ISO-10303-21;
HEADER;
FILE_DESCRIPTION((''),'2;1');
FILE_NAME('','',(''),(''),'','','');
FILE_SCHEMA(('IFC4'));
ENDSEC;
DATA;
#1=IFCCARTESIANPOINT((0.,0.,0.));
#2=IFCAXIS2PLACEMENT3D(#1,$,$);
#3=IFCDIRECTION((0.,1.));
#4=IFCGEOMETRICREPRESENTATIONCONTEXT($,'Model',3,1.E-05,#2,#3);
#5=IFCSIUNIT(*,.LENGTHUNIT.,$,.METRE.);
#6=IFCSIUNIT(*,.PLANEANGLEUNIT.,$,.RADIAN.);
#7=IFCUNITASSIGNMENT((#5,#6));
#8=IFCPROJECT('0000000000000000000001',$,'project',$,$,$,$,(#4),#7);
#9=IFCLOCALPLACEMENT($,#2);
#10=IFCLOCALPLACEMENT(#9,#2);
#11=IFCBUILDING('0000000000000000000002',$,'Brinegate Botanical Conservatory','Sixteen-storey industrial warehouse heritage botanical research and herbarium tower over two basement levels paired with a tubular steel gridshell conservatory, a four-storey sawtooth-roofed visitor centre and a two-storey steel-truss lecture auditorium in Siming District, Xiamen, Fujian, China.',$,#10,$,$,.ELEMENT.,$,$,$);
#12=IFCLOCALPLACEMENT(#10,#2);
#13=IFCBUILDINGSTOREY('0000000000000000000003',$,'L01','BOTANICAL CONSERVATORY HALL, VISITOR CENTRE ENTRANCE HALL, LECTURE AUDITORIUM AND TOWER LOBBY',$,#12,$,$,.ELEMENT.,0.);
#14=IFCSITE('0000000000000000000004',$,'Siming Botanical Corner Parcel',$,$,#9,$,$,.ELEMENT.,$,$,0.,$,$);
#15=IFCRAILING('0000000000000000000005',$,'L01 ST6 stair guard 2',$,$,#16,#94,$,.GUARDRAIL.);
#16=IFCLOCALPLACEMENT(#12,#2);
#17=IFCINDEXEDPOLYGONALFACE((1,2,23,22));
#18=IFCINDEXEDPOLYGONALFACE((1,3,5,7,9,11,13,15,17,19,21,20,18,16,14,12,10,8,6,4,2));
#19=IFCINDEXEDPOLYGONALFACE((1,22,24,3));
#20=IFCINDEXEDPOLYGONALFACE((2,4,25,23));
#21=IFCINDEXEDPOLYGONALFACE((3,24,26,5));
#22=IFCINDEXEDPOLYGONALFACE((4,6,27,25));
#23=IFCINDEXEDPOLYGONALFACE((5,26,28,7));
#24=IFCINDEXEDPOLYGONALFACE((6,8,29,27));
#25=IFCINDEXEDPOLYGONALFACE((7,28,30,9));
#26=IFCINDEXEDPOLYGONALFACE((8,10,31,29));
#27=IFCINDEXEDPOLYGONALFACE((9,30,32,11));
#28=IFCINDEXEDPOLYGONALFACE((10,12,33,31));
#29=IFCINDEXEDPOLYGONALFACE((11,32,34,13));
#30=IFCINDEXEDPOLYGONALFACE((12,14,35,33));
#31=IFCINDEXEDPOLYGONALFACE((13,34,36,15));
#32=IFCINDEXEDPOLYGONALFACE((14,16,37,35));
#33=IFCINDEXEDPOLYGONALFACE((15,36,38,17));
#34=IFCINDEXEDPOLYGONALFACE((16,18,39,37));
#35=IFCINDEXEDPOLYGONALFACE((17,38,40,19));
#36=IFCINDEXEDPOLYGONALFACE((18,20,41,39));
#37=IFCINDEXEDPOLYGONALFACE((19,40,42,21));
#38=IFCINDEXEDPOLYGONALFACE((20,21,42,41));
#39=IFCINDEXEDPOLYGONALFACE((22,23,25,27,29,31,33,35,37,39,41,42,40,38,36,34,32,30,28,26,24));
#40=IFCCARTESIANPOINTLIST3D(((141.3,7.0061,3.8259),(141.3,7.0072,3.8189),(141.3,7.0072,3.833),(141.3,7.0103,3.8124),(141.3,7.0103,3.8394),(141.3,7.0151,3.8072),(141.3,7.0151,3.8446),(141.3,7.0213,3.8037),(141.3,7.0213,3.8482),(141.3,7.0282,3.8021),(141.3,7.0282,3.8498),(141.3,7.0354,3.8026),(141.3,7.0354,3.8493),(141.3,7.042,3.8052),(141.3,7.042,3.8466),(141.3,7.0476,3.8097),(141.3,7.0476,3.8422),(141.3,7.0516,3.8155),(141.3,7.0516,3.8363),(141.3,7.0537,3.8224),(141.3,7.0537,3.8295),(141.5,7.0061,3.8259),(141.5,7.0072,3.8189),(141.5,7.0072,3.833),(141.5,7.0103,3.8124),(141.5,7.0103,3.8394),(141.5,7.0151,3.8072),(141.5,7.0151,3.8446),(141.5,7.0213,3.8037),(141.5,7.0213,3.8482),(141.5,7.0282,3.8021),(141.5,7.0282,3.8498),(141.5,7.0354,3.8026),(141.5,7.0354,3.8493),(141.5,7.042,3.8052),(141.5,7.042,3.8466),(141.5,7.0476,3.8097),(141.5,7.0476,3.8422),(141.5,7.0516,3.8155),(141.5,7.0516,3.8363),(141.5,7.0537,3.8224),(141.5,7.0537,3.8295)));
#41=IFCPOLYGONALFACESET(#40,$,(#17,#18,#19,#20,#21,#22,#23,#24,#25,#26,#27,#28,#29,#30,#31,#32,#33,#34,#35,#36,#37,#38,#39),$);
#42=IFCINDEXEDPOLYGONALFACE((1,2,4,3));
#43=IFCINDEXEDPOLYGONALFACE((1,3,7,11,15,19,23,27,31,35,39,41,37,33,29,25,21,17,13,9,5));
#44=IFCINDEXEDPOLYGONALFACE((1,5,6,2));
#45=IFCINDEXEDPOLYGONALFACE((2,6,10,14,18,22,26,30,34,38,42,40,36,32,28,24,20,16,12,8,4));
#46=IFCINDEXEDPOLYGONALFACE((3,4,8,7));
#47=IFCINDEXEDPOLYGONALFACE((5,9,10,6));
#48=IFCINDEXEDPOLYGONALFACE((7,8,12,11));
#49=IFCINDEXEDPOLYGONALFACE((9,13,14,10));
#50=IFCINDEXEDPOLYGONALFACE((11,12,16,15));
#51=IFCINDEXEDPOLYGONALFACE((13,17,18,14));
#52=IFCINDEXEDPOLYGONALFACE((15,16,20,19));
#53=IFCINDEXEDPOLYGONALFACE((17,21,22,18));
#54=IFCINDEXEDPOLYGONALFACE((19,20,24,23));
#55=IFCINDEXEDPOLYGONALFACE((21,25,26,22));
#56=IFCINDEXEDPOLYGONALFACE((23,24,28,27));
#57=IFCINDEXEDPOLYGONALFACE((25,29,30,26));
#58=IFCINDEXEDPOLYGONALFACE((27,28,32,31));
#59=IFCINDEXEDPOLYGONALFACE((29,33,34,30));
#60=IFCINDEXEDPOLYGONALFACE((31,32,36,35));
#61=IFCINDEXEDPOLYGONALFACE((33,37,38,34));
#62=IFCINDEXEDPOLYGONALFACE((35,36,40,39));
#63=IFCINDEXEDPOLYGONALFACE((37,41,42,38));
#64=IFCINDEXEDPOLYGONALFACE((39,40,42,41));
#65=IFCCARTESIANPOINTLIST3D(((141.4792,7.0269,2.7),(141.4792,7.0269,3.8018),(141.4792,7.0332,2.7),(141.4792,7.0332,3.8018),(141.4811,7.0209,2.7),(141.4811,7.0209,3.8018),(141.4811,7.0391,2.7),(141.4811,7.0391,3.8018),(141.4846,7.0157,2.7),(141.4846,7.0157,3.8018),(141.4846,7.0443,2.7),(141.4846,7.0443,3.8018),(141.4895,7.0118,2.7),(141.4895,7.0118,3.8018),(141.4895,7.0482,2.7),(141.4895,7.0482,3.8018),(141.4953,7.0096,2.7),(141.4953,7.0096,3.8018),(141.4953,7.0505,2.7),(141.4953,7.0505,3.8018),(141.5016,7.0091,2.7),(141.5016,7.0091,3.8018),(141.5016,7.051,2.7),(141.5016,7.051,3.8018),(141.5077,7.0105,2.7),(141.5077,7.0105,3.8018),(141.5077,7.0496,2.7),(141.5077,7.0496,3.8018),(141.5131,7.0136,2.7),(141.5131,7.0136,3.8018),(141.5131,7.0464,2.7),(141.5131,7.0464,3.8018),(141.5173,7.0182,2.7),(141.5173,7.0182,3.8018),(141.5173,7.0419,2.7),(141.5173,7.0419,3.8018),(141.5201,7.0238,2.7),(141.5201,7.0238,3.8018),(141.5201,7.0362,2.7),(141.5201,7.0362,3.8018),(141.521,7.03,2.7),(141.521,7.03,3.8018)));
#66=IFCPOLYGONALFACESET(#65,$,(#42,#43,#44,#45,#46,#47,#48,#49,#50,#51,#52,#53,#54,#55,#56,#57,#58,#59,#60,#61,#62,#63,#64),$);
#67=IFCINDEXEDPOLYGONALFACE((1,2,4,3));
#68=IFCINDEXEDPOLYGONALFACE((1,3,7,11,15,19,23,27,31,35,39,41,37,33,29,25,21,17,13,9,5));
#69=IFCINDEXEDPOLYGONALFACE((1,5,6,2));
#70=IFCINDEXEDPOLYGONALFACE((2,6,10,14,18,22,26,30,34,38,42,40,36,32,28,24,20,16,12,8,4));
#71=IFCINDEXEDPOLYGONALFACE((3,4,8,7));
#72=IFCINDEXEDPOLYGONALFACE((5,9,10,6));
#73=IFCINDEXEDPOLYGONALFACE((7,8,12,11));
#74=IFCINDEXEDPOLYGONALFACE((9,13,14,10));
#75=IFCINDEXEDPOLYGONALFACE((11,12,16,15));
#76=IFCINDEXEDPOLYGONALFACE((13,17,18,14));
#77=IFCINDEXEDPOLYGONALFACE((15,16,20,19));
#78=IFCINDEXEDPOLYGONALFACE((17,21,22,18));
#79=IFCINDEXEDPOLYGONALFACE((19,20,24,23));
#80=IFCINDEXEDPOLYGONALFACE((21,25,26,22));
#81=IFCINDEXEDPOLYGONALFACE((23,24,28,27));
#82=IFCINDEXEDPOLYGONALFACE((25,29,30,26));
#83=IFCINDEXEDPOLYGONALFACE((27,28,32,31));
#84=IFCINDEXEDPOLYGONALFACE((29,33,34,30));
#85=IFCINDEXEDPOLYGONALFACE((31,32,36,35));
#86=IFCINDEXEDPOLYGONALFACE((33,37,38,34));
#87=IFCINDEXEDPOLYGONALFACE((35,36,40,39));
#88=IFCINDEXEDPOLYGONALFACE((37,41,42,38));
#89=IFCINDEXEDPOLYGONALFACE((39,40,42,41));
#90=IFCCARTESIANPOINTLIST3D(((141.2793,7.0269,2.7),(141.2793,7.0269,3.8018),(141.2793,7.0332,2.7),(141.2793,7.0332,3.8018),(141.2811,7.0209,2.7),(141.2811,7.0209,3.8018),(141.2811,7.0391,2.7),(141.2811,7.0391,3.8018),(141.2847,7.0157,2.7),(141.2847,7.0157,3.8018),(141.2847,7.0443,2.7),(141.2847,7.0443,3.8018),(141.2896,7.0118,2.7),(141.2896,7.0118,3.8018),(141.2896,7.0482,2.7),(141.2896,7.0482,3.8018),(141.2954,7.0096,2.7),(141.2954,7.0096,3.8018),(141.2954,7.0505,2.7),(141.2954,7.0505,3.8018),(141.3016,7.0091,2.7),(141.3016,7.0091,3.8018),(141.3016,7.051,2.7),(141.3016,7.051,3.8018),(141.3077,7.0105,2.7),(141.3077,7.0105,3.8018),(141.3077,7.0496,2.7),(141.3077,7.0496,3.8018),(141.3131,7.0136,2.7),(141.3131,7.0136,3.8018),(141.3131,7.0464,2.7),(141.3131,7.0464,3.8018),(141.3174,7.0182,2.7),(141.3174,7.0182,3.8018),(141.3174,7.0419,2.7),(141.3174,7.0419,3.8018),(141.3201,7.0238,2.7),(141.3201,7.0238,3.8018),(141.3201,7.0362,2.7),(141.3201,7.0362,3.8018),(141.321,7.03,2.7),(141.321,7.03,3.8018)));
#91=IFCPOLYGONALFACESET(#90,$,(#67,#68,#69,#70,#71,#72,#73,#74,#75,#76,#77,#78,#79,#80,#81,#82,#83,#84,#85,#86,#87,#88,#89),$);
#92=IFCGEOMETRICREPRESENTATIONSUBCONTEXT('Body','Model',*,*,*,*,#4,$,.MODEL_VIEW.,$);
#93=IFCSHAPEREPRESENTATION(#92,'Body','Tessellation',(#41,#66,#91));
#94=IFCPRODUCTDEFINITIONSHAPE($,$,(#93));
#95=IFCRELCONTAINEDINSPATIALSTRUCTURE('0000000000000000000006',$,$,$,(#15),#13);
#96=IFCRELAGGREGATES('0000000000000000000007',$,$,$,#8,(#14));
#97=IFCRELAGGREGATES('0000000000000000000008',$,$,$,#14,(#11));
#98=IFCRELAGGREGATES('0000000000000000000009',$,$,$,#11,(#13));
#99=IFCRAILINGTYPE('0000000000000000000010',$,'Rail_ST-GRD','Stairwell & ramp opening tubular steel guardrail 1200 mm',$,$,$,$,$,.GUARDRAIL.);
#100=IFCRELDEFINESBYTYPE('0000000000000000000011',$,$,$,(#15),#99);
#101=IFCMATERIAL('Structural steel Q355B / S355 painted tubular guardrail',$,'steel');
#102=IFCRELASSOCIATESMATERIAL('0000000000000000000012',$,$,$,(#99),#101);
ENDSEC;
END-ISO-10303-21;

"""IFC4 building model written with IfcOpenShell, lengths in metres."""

from ifc_helpers import new_model, si_unit, direction, frame, origin, origin_2d, place, context, subcontext, project, spatial, circle, extrude, material, type_object, element, save


model = new_model("IFC4")

# Units and contexts
model_context = context("Model", 3, precision=1e-05, world=origin(), true_north=direction((0.0, 1.0)))
body_context = subcontext(model_context, "Body", "Model", "MODEL_VIEW")
ifc_project = project(units=[si_unit("LENGTHUNIT", "METRE"), si_unit("PLANEANGLEUNIT", "RADIAN")], contexts=[model_context])

# Site, building, storey
site_placement = place(None, origin())
site = spatial("IfcSite", under=ifc_project, at=site_placement, Name="Siming Botanical Corner Parcel", CompositionType="ELEMENT", RefElevation=0.0)
building_placement = place(site_placement, origin())
building = spatial("IfcBuilding", under=site, at=building_placement, Name="Brinegate Botanical Conservatory", Description="Sixteen-storey industrial warehouse heritage botanical research and herbarium tower over two basement levels paired with a tubular steel gridshell conservatory, a four-storey sawtooth-roofed visitor centre and a two-storey steel-truss lecture auditorium in Siming District, Xiamen, Fujian, China.", CompositionType="ELEMENT")
storey_placement = place(building_placement, origin())
storey = spatial("IfcBuildingStorey", under=building, at=storey_placement, Name="L01", Description="BOTANICAL CONSERVATORY HALL, VISITOR CENTRE ENTRANCE HALL, LECTURE AUDITORIUM AND TOWER LOBBY", CompositionType="ELEMENT", Elevation=0.0)

# Railing
ifc_material_1 = material(Name="Structural steel Q355B / S355 painted tubular guardrail", Category="steel")
railing_type_1 = type_object("IfcRailingType", Name="Rail_ST-GRD", Description="Stairwell & ramp opening tubular steel guardrail 1200 mm", PredefinedType="GUARDRAIL", material=ifc_material_1)
railing_1_placement = place(storey_placement, frame((141.5, 7.03, 2.7)))
element("IfcRailing", 1, at=railing_1_placement, inside=storey, type_object=railing_type_1, Name="L01 ST6 stair guard 2", PredefinedType="GUARDRAIL", context=body_context, shape_type="SweptSolid", body=[
    extrude(circle(Radius=0.0239, at=origin_2d()), frame((0.0, 0.0, 1.126), z_axis=(-1.0, 0.0, 0.0), x_axis=(0.0, -1.0, 0.0)), (0.0, 0.0, 1.0), 0.2),
    extrude(circle(Radius=0.021, at=origin_2d()), origin(), (0.0, 0.0, 1.0), 1.1018),
    extrude(circle(Radius=0.021, at=origin_2d()), frame((-0.2, 0.0, 0.0)), (0.0, 0.0, 1.0), 1.1018),
])

save(model, "model.ifc")
